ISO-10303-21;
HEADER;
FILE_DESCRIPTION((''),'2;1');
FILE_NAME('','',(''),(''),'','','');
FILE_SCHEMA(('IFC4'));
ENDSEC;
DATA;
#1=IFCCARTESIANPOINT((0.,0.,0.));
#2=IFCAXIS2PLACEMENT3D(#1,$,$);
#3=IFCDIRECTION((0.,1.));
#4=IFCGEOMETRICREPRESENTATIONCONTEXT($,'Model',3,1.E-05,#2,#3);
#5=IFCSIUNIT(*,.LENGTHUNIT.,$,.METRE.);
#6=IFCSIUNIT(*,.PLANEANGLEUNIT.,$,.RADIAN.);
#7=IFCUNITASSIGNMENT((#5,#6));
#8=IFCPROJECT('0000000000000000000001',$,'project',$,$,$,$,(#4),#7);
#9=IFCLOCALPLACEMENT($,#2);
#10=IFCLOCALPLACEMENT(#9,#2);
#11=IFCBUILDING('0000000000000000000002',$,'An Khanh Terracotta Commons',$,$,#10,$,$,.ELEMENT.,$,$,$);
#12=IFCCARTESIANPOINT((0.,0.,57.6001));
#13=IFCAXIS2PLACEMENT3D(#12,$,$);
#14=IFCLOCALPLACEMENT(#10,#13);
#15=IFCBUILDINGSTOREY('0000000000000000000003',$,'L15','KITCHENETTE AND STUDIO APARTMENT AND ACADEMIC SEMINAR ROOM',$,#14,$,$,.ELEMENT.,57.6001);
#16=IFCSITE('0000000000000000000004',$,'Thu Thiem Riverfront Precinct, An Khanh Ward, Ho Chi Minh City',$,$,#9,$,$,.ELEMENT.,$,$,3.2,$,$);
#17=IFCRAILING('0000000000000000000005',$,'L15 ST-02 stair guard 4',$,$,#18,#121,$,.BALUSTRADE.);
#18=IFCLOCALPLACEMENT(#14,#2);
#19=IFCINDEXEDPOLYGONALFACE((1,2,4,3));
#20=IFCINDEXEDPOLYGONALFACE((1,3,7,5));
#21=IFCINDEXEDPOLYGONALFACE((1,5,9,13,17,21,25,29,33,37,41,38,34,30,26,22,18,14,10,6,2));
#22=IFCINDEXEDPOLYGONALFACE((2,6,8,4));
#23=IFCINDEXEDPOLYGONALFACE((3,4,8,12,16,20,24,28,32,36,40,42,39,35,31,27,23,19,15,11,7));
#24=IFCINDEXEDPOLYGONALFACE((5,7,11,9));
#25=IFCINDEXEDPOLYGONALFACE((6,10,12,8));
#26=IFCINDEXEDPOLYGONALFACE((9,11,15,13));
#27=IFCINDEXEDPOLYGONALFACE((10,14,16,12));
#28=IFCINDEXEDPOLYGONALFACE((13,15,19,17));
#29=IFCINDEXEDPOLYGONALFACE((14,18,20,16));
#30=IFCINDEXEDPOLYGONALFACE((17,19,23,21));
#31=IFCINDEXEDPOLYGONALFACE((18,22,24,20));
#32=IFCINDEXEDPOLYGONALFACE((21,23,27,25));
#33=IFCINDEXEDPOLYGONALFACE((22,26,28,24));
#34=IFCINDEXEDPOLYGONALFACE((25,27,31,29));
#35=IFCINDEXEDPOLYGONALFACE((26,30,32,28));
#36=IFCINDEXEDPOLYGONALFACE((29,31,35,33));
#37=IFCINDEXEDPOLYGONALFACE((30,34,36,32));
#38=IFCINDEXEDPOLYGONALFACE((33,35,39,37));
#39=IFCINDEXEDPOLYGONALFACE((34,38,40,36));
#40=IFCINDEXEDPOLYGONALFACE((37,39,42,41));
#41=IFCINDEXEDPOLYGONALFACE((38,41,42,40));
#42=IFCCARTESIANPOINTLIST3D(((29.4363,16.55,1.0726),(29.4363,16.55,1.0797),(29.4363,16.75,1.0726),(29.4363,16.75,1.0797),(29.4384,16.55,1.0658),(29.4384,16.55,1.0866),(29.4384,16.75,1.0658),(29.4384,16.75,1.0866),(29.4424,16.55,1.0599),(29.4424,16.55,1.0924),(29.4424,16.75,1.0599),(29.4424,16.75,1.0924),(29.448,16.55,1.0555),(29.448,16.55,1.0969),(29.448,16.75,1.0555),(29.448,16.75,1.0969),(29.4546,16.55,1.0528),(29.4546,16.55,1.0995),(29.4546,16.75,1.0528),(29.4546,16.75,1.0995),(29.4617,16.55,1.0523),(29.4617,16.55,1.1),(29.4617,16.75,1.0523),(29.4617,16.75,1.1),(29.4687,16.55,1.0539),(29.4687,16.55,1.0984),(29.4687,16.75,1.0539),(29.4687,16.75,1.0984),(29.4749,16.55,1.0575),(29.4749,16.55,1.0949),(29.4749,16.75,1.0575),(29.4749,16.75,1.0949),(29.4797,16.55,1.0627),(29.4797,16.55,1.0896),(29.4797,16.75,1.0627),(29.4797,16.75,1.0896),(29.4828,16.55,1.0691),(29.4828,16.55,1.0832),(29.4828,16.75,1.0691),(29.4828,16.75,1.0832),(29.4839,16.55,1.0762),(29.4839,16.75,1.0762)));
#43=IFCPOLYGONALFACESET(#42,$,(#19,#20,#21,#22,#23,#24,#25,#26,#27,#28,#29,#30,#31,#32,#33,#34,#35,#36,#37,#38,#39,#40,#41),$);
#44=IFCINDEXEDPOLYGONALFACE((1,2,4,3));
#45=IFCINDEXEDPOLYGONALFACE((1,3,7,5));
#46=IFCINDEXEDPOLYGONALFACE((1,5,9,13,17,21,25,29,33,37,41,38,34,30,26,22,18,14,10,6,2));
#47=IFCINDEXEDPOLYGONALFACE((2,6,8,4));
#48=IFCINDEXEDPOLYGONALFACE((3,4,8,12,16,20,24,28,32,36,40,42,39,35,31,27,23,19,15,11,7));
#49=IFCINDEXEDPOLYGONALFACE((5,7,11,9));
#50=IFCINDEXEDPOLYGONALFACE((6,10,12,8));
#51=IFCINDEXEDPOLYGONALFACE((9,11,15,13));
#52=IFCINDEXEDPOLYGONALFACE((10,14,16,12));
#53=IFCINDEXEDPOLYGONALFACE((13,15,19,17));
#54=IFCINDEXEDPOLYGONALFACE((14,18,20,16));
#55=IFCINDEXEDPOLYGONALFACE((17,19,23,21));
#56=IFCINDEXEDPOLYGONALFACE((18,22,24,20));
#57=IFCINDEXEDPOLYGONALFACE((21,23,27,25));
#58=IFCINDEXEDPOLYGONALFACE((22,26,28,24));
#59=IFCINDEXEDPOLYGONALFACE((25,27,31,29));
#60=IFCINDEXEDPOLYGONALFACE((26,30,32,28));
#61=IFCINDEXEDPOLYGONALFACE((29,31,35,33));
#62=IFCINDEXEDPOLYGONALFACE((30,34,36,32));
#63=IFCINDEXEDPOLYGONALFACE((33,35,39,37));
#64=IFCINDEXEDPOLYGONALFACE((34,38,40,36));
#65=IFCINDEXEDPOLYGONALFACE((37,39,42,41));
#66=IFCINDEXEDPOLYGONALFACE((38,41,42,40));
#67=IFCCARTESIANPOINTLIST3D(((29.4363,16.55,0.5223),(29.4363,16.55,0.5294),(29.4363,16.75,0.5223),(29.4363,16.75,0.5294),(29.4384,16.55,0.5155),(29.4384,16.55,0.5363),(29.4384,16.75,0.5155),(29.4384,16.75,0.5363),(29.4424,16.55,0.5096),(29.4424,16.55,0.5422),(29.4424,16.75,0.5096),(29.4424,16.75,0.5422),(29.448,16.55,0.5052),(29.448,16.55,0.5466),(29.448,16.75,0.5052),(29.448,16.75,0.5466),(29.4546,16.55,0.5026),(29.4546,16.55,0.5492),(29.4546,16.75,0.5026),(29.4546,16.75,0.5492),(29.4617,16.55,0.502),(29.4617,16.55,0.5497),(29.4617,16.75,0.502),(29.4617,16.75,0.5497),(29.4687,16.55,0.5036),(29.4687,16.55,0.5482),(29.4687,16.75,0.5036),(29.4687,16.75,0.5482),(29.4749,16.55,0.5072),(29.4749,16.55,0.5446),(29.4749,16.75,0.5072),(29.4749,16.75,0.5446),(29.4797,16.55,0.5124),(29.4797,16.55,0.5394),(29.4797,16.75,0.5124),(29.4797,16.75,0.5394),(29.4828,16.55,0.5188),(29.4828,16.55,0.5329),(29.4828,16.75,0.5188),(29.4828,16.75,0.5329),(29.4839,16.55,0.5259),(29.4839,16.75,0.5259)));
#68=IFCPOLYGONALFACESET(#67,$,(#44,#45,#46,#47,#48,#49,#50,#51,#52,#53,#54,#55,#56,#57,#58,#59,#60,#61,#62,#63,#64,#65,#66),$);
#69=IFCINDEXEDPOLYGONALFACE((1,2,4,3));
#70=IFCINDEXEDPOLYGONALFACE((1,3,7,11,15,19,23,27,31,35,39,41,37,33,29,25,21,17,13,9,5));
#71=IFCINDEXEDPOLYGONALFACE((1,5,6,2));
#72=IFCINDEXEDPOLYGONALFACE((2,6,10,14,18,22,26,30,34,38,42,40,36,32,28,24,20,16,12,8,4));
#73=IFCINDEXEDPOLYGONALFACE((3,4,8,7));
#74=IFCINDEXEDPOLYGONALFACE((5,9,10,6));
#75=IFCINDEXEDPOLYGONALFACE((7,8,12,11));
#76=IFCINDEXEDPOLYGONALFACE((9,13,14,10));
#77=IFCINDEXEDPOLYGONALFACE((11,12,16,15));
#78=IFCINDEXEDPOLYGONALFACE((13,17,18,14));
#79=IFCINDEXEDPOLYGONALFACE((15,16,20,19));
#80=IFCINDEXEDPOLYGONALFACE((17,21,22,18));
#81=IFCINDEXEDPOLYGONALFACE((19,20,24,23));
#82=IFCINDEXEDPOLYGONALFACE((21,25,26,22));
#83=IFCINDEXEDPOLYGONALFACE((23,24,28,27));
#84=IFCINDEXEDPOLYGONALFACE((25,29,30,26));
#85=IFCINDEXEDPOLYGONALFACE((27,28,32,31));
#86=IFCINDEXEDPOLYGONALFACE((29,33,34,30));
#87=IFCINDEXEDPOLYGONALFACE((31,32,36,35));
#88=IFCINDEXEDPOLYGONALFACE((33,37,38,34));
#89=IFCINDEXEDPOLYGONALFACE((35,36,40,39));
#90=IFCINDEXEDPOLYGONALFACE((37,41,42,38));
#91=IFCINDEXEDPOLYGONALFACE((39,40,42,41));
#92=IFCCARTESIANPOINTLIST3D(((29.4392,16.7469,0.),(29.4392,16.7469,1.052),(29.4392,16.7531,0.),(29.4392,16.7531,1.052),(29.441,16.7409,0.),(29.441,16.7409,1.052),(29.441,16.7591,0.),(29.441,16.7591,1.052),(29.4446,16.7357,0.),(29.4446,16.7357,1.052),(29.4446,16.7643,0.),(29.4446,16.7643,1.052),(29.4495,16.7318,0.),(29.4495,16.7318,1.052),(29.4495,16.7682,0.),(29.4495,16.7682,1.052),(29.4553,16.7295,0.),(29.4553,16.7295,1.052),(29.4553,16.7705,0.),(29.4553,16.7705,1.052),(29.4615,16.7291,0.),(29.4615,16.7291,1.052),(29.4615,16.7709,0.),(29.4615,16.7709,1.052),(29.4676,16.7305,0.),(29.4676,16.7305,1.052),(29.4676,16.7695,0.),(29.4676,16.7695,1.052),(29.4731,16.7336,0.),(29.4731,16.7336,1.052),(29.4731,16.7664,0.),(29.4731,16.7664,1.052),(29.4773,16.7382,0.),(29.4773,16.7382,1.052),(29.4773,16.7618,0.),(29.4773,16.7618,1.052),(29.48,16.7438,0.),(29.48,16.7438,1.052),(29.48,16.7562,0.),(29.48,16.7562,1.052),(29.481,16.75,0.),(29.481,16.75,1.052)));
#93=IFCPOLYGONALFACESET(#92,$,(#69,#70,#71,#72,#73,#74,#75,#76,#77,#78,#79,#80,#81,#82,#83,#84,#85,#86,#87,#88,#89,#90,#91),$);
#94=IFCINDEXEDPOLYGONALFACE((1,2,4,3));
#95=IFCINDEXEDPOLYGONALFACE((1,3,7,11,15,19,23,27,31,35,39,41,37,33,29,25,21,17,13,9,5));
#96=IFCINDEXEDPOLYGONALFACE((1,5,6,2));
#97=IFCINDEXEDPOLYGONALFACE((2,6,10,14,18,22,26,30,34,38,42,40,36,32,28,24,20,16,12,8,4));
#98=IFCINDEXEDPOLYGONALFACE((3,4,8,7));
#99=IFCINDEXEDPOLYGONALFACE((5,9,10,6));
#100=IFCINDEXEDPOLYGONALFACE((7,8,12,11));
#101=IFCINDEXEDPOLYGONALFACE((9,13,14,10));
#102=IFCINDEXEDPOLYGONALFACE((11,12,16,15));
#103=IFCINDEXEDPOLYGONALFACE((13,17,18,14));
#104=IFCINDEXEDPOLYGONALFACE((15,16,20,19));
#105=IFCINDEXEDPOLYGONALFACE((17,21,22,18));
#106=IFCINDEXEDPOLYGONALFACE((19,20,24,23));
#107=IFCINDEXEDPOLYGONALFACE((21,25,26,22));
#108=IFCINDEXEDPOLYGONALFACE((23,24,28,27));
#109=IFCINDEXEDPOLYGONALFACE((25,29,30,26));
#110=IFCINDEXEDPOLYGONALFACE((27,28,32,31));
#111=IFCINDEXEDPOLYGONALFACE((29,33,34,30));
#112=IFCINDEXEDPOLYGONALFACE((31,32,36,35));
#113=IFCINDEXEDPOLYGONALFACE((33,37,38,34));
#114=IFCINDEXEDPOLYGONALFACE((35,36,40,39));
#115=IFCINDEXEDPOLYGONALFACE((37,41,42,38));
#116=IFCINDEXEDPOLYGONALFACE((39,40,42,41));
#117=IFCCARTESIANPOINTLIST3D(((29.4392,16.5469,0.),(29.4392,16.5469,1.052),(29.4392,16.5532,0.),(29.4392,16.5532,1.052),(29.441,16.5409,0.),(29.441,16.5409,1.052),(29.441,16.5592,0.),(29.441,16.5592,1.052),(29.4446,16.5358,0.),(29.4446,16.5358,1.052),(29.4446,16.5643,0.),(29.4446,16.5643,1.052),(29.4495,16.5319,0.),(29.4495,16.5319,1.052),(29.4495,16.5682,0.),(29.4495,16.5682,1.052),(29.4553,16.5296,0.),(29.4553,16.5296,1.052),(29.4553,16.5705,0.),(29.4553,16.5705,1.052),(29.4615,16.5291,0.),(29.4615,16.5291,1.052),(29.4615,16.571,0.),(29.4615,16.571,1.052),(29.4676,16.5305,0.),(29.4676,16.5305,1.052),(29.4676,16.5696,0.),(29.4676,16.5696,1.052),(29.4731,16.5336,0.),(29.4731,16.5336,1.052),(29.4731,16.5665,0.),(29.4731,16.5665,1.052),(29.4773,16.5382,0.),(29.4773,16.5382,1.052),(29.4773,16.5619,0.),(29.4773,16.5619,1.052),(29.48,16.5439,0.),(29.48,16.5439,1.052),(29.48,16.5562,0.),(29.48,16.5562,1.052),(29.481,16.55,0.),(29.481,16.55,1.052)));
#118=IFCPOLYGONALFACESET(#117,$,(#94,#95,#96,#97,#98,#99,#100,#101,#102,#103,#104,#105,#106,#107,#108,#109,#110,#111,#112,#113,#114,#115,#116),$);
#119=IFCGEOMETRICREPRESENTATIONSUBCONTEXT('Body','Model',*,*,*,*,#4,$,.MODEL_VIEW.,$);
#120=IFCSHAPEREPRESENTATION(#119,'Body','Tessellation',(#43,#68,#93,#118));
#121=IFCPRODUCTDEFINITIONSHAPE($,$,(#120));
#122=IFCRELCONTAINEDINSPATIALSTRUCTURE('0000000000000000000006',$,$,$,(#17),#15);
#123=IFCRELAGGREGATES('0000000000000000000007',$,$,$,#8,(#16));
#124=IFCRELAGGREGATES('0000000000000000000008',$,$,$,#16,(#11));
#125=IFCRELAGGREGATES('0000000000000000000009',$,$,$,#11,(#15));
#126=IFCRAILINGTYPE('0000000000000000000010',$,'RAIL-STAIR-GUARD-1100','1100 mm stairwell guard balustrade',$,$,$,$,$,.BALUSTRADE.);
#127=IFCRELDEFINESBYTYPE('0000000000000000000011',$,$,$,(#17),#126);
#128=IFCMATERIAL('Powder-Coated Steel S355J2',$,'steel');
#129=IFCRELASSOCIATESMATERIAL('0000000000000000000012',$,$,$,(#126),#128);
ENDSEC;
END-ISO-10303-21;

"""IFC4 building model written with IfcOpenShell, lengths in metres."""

from ifc_helpers import new_model, si_unit, direction, frame, origin, origin_2d, place, context, subcontext, project, spatial, circle, extrude, material, type_object, element, save


model = new_model("IFC4")

# Units and contexts
model_context = context("Model", 3, precision=1e-05, world=origin(), true_north=direction((0.0, 1.0)))
body_context = subcontext(model_context, "Body", "Model", "MODEL_VIEW")
ifc_project = project(units=[si_unit("LENGTHUNIT", "METRE"), si_unit("PLANEANGLEUNIT", "RADIAN")], contexts=[model_context])

# Site, building, storey
site_placement = place(None, origin())
site = spatial("IfcSite", under=ifc_project, at=site_placement, Name="Thu Thiem Riverfront Precinct, An Khanh Ward, Ho Chi Minh City", CompositionType="ELEMENT", RefElevation=3.2)
building_placement = place(site_placement, origin())
building = spatial("IfcBuilding", under=site, at=building_placement, Name="An Khanh Terracotta Commons", CompositionType="ELEMENT")
storey_placement = place(building_placement, frame((0.0, 0.0, 57.6001)))
storey = spatial("IfcBuildingStorey", under=building, at=storey_placement, Name="L15", Description="KITCHENETTE AND STUDIO APARTMENT AND ACADEMIC SEMINAR ROOM", CompositionType="ELEMENT", Elevation=57.6001)

# Railing
ifc_material_1 = material(Name="Powder-Coated Steel S355J2", Category="steel")
railing_type_1 = type_object("IfcRailingType", Name="RAIL-STAIR-GUARD-1100", Description="1100 mm stairwell guard balustrade", PredefinedType="BALUSTRADE", material=ifc_material_1)
railing_1_placement = place(storey_placement, frame((29.46, 16.75, 0.0)))
element("IfcRailing", 1, at=railing_1_placement, inside=storey, type_object=railing_type_1, Name="L15 ST-02 stair guard 4", PredefinedType="BALUSTRADE", context=body_context, shape_type="SweptSolid", body=[
    extrude(circle(Radius=0.0239, at=origin_2d()), frame((0.0, 0.0, 1.0762), z_axis=(0.0, -1.0, 0.0), x_axis=(1.0, 0.0, 0.0)), (0.0, 0.0, 1.0), 0.2),
    extrude(circle(Radius=0.0239, at=origin_2d()), frame((0.0, 0.0, 0.5259), z_axis=(0.0, -1.0, 0.0), x_axis=(1.0, 0.0, 0.0)), (0.0, 0.0, 1.0), 0.2),
    extrude(circle(Radius=0.021, at=origin_2d()), origin(), (0.0, 0.0, 1.0), 1.052),
    extrude(circle(Radius=0.021, at=origin_2d()), frame((0.0, -0.2, 0.0)), (0.0, 0.0, 1.0), 1.052),
])

save(model, "model.ifc")
